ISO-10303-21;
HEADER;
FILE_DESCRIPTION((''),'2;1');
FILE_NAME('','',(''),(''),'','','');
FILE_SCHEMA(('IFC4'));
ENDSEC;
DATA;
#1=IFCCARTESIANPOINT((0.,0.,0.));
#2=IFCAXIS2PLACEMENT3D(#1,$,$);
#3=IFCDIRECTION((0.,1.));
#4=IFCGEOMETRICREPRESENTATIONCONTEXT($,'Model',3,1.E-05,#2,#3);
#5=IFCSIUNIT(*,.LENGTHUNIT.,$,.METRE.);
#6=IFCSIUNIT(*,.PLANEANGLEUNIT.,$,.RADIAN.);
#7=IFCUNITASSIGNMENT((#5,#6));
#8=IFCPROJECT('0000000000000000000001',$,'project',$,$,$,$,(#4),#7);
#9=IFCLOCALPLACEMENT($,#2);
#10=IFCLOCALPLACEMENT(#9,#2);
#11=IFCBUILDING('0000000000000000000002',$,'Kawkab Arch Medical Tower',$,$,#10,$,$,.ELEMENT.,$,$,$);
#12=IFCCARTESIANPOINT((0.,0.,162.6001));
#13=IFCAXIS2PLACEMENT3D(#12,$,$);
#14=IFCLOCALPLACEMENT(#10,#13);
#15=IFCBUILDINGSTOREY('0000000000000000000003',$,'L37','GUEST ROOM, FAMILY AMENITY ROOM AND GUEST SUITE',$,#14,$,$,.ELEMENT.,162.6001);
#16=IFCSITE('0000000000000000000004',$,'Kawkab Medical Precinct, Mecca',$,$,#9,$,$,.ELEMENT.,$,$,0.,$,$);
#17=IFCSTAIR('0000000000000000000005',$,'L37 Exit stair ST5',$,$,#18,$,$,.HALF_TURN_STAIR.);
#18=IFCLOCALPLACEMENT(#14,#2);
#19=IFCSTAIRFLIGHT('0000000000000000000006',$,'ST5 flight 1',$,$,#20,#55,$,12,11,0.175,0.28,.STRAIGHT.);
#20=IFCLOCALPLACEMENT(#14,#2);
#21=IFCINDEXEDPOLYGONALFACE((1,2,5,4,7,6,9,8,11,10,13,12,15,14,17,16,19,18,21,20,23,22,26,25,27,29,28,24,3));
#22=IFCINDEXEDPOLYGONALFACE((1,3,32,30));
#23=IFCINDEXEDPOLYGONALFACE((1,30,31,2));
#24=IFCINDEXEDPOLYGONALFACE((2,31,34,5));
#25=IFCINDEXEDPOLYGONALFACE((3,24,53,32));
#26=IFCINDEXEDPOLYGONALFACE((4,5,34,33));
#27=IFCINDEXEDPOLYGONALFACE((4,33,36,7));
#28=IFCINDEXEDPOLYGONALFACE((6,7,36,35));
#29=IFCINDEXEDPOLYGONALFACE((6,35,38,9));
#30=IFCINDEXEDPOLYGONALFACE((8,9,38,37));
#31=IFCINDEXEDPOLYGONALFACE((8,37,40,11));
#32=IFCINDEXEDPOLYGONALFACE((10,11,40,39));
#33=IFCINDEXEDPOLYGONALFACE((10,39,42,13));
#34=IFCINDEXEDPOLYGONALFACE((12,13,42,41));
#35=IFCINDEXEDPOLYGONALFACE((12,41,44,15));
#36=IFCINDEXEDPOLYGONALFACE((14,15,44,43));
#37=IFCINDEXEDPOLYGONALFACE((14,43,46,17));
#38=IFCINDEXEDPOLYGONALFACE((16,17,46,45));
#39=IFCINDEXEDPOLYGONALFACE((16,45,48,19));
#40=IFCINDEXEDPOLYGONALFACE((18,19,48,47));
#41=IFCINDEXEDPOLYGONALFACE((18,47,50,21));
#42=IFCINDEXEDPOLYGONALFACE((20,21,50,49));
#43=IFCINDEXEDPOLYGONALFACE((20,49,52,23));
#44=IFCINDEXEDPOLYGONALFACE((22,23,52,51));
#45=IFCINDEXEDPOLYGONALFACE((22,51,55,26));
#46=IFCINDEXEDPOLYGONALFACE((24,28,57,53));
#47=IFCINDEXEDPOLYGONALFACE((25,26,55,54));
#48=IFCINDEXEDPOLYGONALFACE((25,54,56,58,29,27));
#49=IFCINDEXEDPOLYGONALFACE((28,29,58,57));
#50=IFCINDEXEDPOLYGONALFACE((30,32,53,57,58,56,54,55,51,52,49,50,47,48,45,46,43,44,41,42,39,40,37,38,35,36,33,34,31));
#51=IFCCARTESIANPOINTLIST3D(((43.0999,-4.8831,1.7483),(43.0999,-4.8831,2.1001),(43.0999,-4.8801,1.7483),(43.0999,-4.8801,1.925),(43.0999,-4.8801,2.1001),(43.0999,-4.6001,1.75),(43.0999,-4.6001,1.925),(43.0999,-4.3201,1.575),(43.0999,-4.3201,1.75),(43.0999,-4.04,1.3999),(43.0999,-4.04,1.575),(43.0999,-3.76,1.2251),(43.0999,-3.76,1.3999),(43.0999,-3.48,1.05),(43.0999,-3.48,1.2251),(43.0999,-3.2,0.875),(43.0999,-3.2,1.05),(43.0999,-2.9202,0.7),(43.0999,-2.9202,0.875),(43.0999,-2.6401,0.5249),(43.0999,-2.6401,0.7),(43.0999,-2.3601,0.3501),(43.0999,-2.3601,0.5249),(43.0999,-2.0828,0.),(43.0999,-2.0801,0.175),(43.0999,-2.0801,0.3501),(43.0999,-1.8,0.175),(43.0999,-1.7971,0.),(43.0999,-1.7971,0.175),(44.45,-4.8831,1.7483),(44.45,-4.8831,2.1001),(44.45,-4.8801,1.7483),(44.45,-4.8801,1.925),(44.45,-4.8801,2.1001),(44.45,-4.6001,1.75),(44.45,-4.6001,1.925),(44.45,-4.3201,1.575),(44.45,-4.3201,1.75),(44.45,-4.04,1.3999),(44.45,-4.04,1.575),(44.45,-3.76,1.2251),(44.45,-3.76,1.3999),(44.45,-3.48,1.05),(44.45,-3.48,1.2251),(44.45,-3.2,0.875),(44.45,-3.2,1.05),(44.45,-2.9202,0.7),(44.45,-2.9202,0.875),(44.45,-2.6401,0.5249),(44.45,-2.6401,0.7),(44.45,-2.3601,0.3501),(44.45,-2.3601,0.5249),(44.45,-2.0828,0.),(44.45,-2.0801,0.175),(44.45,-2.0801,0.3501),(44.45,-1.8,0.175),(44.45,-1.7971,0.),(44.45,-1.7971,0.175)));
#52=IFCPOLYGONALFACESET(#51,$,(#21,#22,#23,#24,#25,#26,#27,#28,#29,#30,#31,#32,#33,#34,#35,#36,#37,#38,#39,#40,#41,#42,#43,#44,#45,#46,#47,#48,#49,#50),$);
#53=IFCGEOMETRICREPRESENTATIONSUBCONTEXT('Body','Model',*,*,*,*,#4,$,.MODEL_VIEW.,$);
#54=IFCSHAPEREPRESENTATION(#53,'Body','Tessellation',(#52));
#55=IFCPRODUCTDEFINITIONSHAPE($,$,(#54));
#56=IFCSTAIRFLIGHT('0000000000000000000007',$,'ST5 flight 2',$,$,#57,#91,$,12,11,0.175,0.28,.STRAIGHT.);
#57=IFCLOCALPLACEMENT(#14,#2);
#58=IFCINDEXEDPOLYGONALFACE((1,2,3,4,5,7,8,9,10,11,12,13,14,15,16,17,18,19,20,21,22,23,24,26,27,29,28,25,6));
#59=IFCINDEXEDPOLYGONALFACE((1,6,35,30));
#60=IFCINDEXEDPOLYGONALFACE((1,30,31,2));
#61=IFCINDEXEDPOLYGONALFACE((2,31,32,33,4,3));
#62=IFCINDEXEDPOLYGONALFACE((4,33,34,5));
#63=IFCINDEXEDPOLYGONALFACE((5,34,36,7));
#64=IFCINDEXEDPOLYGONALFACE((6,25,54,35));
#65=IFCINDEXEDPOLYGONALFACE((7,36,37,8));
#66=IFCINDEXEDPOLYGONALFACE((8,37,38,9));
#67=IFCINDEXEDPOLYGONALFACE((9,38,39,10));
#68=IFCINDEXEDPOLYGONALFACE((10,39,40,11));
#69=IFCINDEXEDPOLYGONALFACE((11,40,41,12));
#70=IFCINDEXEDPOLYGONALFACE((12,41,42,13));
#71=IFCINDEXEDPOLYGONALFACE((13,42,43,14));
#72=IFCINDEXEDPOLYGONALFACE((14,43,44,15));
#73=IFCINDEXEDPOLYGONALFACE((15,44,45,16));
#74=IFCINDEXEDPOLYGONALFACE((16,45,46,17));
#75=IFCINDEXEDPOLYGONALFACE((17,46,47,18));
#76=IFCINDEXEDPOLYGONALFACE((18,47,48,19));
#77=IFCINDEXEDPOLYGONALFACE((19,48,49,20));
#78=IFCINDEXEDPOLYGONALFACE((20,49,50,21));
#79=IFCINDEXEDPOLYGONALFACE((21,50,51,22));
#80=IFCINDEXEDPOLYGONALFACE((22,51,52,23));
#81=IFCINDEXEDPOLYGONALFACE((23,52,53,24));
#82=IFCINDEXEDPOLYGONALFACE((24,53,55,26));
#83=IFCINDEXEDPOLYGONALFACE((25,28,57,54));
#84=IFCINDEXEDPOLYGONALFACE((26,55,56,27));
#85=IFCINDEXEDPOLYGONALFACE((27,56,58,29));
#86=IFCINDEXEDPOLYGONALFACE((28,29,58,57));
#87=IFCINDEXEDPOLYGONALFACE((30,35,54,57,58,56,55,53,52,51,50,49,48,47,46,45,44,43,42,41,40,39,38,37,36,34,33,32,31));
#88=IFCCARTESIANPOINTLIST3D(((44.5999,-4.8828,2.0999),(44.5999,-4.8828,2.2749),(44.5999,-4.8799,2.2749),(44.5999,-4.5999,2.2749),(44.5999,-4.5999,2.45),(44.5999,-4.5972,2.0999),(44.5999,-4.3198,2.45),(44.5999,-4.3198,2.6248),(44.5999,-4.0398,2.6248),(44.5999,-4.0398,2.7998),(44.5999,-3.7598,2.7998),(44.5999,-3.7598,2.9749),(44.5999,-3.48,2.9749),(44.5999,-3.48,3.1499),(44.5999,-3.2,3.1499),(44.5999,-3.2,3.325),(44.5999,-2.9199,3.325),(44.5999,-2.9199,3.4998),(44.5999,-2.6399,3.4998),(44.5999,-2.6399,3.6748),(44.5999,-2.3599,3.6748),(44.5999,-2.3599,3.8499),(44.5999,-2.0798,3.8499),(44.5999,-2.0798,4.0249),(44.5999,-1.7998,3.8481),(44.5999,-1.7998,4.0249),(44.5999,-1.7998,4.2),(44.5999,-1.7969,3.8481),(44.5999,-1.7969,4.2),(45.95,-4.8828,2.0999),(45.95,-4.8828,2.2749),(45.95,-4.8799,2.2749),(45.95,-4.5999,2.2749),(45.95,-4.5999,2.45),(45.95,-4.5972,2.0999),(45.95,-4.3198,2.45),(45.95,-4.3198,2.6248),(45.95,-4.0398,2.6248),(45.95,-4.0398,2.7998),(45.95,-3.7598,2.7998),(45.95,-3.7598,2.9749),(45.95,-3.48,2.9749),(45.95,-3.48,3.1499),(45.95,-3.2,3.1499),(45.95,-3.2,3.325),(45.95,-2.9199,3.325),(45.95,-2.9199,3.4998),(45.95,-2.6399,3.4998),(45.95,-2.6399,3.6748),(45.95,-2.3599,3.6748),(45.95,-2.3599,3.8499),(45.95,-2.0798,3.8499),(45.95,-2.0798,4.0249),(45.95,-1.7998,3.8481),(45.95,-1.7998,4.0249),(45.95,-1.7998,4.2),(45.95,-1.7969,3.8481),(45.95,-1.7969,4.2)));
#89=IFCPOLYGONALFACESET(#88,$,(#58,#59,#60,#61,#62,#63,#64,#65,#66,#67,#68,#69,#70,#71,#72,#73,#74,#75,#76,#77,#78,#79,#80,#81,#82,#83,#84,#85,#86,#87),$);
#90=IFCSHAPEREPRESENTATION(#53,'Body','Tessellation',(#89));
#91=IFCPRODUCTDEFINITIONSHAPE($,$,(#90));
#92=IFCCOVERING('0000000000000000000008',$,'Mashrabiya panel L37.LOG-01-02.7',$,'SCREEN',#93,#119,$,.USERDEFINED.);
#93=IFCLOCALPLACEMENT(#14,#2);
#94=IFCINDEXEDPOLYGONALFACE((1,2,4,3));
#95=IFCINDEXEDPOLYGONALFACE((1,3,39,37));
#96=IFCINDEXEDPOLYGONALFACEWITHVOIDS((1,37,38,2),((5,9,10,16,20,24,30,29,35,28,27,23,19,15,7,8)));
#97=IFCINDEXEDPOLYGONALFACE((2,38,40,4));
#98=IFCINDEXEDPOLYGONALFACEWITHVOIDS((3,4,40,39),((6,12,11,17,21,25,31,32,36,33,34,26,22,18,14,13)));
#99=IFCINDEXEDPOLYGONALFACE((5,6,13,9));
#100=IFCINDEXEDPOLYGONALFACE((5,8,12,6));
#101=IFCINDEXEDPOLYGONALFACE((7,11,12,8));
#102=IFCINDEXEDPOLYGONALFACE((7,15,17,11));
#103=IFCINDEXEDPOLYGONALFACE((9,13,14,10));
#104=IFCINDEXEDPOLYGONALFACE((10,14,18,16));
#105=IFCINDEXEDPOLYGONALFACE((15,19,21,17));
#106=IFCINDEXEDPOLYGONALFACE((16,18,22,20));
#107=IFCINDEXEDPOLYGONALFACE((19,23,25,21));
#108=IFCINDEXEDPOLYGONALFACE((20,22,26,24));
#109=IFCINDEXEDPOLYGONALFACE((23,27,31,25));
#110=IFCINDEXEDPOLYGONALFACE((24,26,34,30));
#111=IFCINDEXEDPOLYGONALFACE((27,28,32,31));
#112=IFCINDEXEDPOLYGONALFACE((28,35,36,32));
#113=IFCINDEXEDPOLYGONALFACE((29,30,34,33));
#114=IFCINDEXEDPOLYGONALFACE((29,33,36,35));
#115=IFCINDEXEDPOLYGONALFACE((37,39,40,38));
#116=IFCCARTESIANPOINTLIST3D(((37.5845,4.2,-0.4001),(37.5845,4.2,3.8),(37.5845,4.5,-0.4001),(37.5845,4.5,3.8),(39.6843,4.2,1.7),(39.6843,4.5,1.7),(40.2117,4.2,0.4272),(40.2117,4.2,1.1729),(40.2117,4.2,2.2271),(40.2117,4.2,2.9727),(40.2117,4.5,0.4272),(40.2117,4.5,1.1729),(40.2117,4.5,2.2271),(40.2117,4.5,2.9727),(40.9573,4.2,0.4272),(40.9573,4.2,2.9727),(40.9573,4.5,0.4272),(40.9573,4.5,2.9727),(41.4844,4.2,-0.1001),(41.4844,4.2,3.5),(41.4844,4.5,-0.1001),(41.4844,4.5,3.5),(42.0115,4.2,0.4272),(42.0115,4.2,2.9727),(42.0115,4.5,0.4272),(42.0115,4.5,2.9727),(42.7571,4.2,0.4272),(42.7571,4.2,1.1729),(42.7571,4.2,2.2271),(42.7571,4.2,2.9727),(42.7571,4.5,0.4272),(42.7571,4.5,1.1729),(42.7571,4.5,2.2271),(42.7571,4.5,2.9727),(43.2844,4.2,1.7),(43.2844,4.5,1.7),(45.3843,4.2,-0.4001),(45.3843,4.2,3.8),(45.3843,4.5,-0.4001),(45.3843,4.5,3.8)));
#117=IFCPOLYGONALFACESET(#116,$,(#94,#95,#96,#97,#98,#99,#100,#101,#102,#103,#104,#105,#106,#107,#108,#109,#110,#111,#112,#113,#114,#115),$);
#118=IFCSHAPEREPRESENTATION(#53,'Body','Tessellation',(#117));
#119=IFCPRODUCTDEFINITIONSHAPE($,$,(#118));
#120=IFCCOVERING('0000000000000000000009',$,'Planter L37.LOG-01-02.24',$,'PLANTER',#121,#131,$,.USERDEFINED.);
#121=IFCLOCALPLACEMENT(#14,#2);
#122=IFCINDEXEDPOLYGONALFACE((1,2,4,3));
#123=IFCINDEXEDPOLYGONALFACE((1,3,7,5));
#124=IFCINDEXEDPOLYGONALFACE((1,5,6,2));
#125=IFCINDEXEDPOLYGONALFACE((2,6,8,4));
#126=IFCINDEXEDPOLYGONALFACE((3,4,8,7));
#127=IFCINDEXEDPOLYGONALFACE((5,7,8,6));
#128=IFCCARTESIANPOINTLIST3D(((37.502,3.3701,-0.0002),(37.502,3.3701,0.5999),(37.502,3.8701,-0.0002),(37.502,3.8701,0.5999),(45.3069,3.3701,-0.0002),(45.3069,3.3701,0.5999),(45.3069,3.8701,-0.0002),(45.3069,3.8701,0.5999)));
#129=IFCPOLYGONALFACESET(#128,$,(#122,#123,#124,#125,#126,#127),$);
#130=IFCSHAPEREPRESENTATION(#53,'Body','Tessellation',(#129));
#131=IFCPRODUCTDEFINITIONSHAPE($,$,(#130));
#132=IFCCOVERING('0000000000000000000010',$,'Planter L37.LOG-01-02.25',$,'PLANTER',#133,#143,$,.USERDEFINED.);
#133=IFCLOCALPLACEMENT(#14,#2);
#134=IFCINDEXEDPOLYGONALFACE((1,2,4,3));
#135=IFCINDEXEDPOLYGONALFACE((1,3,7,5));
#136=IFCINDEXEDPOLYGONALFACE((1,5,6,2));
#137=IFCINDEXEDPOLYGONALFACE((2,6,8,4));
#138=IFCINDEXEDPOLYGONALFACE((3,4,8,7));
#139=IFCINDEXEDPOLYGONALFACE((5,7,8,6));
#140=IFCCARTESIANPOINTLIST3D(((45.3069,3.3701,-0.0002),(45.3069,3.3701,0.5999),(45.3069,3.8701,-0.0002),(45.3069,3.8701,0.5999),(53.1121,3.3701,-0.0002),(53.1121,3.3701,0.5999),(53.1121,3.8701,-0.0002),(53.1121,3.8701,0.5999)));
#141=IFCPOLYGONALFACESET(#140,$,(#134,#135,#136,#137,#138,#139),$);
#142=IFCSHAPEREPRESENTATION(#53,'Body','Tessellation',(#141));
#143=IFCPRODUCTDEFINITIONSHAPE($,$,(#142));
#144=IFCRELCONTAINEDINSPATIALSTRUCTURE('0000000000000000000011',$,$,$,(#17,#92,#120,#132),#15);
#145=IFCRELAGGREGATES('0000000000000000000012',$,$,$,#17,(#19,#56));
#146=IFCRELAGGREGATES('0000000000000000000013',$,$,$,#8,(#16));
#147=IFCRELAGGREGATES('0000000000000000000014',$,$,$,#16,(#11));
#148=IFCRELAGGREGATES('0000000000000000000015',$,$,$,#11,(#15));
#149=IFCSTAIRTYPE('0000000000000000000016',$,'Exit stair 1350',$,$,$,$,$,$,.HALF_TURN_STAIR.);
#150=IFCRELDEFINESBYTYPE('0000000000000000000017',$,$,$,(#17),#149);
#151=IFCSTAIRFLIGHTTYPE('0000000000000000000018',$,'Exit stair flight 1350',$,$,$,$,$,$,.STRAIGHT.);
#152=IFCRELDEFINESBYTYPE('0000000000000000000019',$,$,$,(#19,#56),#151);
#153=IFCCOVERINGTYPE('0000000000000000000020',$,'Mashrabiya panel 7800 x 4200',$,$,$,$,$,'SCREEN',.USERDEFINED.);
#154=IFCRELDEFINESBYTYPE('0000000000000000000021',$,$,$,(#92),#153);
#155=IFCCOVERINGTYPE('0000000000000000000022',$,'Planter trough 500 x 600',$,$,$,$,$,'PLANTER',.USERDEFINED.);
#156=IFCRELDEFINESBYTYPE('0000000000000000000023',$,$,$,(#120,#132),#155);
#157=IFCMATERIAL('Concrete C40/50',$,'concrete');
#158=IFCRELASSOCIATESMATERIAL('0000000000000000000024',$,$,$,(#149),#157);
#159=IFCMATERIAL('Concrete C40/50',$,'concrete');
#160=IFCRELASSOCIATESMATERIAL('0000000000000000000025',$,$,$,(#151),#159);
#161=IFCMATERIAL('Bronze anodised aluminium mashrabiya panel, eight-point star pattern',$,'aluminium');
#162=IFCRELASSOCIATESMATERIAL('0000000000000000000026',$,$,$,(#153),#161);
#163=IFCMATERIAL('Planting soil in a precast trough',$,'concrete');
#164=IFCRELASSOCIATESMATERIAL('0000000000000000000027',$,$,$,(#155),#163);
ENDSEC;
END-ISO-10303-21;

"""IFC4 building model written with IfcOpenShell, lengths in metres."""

from ifc_helpers import new_model, si_unit, direction, frame, origin, origin_2d, place, context, subcontext, project, spatial, polyline, rectangle, outline, extrude, material, material_profile, profile_set, type_object, element, aggregate, save


model = new_model("IFC4")

# Units and contexts
model_context = context("Model", 3, precision=1e-05, world=origin(), true_north=direction((0.0, 1.0)))
body_context = subcontext(model_context, "Body", "Model", "MODEL_VIEW")
ifc_project = project(units=[si_unit("LENGTHUNIT", "METRE"), si_unit("PLANEANGLEUNIT", "RADIAN")], contexts=[model_context])

# Site, building, storey
site_placement = place(None, origin())
site = spatial("IfcSite", under=ifc_project, at=site_placement, Name="Kawkab Medical Precinct, Mecca", CompositionType="ELEMENT", RefElevation=0.0)
building_placement = place(site_placement, origin())
building = spatial("IfcBuilding", under=site, at=building_placement, Name="Kawkab Arch Medical Tower", CompositionType="ELEMENT")
storey_placement = place(building_placement, frame((0.0, 0.0, 162.6001)))
storey = spatial("IfcBuildingStorey", under=building, at=storey_placement, Name="L37", Description="GUEST ROOM, FAMILY AMENITY ROOM AND GUEST SUITE", CompositionType="ELEMENT", Elevation=162.6001)

# Shared definitions
placement = place(storey_placement, origin())

# Stair, stair flights
ifc_material_1 = material(Name="Concrete C40/50", Category="concrete")
stair_type = type_object("IfcStairType", Name="Exit stair 1350", PredefinedType="HALF_TURN_STAIR", material=ifc_material_1)
stair = element("IfcStair", 1, at=placement, inside=storey, type_object=stair_type, Name="L37 Exit stair ST5", PredefinedType="HALF_TURN_STAIR")
ifc_material_2 = material(Name="Concrete C40/50", Category="concrete")
stair_flight_type = type_object("IfcStairFlightType", Name="Exit stair flight 1350", PredefinedType="STRAIGHT", material=ifc_material_2)
stair_flight_1_placement = place(storey_placement, frame((43.7749, -1.8, 0.0), z_axis=(0.0, 0.0, 1.0), x_axis=(0.0, -1.0, 0.0)))
stair_flight_1 = element("IfcStairFlight", 2, at=stair_flight_1_placement, type_object=stair_flight_type, Name="ST5 flight 1", NumberOfRisers=12, NumberOfTreads=11, PredefinedType="STRAIGHT", RiserHeight=0.175, TreadLength=0.28, context=body_context, shape_type="SweptSolid", body=[
    extrude(outline(polyline([(-0.0029, 0.0), (-0.0029, 0.175), (0.0, 0.175), (0.28, 0.175), (0.28, 0.3501), (0.5601, 0.3501), (0.5601, 0.5249), (0.8401, 0.5249), (0.8401, 0.7), (1.1201, 0.7), (1.1201, 0.875), (1.3999, 0.875), (1.3999, 1.05), (1.6799, 1.05), (1.6799, 1.2251), (1.96, 1.2251), (1.96, 1.3999), (2.24, 1.3999), (2.24, 1.575), (2.52, 1.575), (2.52, 1.75), (2.8, 1.75), (2.8, 1.925), (3.0801, 1.925), (3.0801, 2.1001), (3.083, 2.1001), (3.083, 1.7483), (3.0801, 1.7483), (0.2827, 0.0), (-0.0029, 0.0)])), frame((0.0, 0.675, 0.0), z_axis=(0.0, -1.0, 0.0), x_axis=(1.0, 0.0, 0.0)), (0.0, 0.0, 1.0), 1.3501),
])
stair_flight_2_placement = place(storey_placement, frame((45.2749, -4.8799, 2.0999), z_axis=(0.0, 0.0, 1.0), x_axis=(0.0, 1.0, 0.0)))
stair_flight_2 = element("IfcStairFlight", 3, at=stair_flight_2_placement, type_object=stair_flight_type, Name="ST5 flight 2", NumberOfRisers=12, NumberOfTreads=11, PredefinedType="STRAIGHT", RiserHeight=0.175, TreadLength=0.28, context=body_context, shape_type="SweptSolid", body=[
    extrude(outline(polyline([(-0.0029, 0.0), (-0.0029, 0.175), (0.0, 0.175), (0.28, 0.175), (0.28, 0.3501), (0.5601, 0.3501), (0.5601, 0.5249), (0.8401, 0.5249), (0.8401, 0.7), (1.1201, 0.7), (1.1201, 0.875), (1.3999, 0.875), (1.3999, 1.05), (1.6799, 1.05), (1.6799, 1.2251), (1.96, 1.2251), (1.96, 1.3999), (2.24, 1.3999), (2.24, 1.575), (2.52, 1.575), (2.52, 1.75), (2.8, 1.75), (2.8, 1.925), (3.0801, 1.925), (3.0801, 2.1001), (3.083, 2.1001), (3.083, 1.7483), (3.0801, 1.7483), (0.2827, 0.0), (-0.0029, 0.0)])), frame((0.0, 0.675, 0.0), z_axis=(0.0, -1.0, 0.0), x_axis=(1.0, 0.0, 0.0)), (0.0, 0.0, 1.0), 1.3501),
])
aggregate(stair, [stair_flight_1, stair_flight_2])

# Coverings
ifc_material_3 = material(Name="Bronze anodised aluminium mashrabiya panel, eight-point star pattern", Category="aluminium")
ifc_material_profile_1 = material_profile(ifc_material_3, outline(polyline([(-3.8999, -2.1001), (3.8999, -2.1001), (3.8999, 2.1001), (-3.8999, 2.1001), (-3.8999, -2.1001)]), holes=[polyline([(1.8, 0.0), (1.2727, 0.5271), (1.2727, 1.2727), (0.5271, 1.2727), (0.0, 1.8), (-0.5271, 1.2727), (-1.2727, 1.2727), (-1.2727, 0.5271), (-1.8, 0.0), (-1.2727, -0.5271), (-1.2727, -1.2727), (-0.5271, -1.2727), (0.0, -1.8), (0.5271, -1.2727), (1.2727, -1.2727), (1.2727, -0.5271), (1.8, 0.0)])]), Name="Mashrabiya panel 7800x4200")
ifc_profile_set_1 = profile_set([ifc_material_profile_1], Name="Bronze anodised aluminium mashrabiya panel, eight-point star pattern")
covering_type_1 = type_object("IfcCoveringType", Name="Mashrabiya panel 7800 x 4200", ElementType="SCREEN", PredefinedType="USERDEFINED", material=ifc_profile_set_1)
covering_1_placement = place(storey_placement, frame((41.4844, 4.2, 1.7), z_axis=(0.0, 1.0, 0.0), x_axis=(-1.0, 0.0, 0.0)))
element("IfcCovering", 4, at=covering_1_placement, inside=storey, type_object=covering_type_1, Name="Mashrabiya panel L37.LOG-01-02.7", ObjectType="SCREEN", PredefinedType="USERDEFINED", context=body_context, shape_type="SweptSolid", body=[
    extrude(outline(polyline([(-3.8999, -2.1001), (3.8999, -2.1001), (3.8999, 2.1001), (-3.8999, 2.1001), (-3.8999, -2.1001)]), holes=[polyline([(1.8, 0.0), (1.2727, 0.5271), (1.2727, 1.2727), (0.5271, 1.2727), (0.0, 1.8), (-0.5271, 1.2727), (-1.2727, 1.2727), (-1.2727, 0.5271), (-1.8, 0.0), (-1.2727, -0.5271), (-1.2727, -1.2727), (-0.5271, -1.2727), (0.0, -1.8), (0.5271, -1.2727), (1.2727, -1.2727), (1.2727, -0.5271), (1.8, 0.0)])]), origin(), (0.0, 0.0, 1.0), 0.3),
])
ifc_material_4 = material(Name="Planting soil in a precast trough", Category="concrete")
ifc_material_profile_2 = material_profile(ifc_material_4, rectangle(XDim=0.5, YDim=0.6001, at=origin_2d()), Name="Trough 500x600")
ifc_profile_set_2 = profile_set([ifc_material_profile_2], Name="Planting soil in a precast trough")
covering_type_2 = type_object("IfcCoveringType", Name="Planter trough 500 x 600", ElementType="PLANTER", PredefinedType="USERDEFINED", material=ifc_profile_set_2)
covering_2_placement = place(storey_placement, frame((37.502, 3.6201, 0.2998), z_axis=(1.0, 0.0, 0.0), x_axis=(0.0, 1.0, 0.0)))
element("IfcCovering", 5, at=covering_2_placement, inside=storey, type_object=covering_type_2, Name="Planter L37.LOG-01-02.24", ObjectType="PLANTER", PredefinedType="USERDEFINED", context=body_context, shape_type="SweptSolid", body=[
    extrude(rectangle(XDim=0.5, YDim=0.6001, at=origin_2d()), origin(), (0.0, 0.0, 1.0), 7.8049),
])
covering_3_placement = place(storey_placement, frame((45.3069, 3.6201, 0.2998), z_axis=(1.0, 0.0, 0.0), x_axis=(0.0, 1.0, 0.0)))
element("IfcCovering", 6, at=covering_3_placement, inside=storey, type_object=covering_type_2, Name="Planter L37.LOG-01-02.25", ObjectType="PLANTER", PredefinedType="USERDEFINED", context=body_context, shape_type="SweptSolid", body=[
    extrude(rectangle(XDim=0.5, YDim=0.6001, at=origin_2d()), origin(), (0.0, 0.0, 1.0), 7.8052),
])

save(model, "model.ifc")
